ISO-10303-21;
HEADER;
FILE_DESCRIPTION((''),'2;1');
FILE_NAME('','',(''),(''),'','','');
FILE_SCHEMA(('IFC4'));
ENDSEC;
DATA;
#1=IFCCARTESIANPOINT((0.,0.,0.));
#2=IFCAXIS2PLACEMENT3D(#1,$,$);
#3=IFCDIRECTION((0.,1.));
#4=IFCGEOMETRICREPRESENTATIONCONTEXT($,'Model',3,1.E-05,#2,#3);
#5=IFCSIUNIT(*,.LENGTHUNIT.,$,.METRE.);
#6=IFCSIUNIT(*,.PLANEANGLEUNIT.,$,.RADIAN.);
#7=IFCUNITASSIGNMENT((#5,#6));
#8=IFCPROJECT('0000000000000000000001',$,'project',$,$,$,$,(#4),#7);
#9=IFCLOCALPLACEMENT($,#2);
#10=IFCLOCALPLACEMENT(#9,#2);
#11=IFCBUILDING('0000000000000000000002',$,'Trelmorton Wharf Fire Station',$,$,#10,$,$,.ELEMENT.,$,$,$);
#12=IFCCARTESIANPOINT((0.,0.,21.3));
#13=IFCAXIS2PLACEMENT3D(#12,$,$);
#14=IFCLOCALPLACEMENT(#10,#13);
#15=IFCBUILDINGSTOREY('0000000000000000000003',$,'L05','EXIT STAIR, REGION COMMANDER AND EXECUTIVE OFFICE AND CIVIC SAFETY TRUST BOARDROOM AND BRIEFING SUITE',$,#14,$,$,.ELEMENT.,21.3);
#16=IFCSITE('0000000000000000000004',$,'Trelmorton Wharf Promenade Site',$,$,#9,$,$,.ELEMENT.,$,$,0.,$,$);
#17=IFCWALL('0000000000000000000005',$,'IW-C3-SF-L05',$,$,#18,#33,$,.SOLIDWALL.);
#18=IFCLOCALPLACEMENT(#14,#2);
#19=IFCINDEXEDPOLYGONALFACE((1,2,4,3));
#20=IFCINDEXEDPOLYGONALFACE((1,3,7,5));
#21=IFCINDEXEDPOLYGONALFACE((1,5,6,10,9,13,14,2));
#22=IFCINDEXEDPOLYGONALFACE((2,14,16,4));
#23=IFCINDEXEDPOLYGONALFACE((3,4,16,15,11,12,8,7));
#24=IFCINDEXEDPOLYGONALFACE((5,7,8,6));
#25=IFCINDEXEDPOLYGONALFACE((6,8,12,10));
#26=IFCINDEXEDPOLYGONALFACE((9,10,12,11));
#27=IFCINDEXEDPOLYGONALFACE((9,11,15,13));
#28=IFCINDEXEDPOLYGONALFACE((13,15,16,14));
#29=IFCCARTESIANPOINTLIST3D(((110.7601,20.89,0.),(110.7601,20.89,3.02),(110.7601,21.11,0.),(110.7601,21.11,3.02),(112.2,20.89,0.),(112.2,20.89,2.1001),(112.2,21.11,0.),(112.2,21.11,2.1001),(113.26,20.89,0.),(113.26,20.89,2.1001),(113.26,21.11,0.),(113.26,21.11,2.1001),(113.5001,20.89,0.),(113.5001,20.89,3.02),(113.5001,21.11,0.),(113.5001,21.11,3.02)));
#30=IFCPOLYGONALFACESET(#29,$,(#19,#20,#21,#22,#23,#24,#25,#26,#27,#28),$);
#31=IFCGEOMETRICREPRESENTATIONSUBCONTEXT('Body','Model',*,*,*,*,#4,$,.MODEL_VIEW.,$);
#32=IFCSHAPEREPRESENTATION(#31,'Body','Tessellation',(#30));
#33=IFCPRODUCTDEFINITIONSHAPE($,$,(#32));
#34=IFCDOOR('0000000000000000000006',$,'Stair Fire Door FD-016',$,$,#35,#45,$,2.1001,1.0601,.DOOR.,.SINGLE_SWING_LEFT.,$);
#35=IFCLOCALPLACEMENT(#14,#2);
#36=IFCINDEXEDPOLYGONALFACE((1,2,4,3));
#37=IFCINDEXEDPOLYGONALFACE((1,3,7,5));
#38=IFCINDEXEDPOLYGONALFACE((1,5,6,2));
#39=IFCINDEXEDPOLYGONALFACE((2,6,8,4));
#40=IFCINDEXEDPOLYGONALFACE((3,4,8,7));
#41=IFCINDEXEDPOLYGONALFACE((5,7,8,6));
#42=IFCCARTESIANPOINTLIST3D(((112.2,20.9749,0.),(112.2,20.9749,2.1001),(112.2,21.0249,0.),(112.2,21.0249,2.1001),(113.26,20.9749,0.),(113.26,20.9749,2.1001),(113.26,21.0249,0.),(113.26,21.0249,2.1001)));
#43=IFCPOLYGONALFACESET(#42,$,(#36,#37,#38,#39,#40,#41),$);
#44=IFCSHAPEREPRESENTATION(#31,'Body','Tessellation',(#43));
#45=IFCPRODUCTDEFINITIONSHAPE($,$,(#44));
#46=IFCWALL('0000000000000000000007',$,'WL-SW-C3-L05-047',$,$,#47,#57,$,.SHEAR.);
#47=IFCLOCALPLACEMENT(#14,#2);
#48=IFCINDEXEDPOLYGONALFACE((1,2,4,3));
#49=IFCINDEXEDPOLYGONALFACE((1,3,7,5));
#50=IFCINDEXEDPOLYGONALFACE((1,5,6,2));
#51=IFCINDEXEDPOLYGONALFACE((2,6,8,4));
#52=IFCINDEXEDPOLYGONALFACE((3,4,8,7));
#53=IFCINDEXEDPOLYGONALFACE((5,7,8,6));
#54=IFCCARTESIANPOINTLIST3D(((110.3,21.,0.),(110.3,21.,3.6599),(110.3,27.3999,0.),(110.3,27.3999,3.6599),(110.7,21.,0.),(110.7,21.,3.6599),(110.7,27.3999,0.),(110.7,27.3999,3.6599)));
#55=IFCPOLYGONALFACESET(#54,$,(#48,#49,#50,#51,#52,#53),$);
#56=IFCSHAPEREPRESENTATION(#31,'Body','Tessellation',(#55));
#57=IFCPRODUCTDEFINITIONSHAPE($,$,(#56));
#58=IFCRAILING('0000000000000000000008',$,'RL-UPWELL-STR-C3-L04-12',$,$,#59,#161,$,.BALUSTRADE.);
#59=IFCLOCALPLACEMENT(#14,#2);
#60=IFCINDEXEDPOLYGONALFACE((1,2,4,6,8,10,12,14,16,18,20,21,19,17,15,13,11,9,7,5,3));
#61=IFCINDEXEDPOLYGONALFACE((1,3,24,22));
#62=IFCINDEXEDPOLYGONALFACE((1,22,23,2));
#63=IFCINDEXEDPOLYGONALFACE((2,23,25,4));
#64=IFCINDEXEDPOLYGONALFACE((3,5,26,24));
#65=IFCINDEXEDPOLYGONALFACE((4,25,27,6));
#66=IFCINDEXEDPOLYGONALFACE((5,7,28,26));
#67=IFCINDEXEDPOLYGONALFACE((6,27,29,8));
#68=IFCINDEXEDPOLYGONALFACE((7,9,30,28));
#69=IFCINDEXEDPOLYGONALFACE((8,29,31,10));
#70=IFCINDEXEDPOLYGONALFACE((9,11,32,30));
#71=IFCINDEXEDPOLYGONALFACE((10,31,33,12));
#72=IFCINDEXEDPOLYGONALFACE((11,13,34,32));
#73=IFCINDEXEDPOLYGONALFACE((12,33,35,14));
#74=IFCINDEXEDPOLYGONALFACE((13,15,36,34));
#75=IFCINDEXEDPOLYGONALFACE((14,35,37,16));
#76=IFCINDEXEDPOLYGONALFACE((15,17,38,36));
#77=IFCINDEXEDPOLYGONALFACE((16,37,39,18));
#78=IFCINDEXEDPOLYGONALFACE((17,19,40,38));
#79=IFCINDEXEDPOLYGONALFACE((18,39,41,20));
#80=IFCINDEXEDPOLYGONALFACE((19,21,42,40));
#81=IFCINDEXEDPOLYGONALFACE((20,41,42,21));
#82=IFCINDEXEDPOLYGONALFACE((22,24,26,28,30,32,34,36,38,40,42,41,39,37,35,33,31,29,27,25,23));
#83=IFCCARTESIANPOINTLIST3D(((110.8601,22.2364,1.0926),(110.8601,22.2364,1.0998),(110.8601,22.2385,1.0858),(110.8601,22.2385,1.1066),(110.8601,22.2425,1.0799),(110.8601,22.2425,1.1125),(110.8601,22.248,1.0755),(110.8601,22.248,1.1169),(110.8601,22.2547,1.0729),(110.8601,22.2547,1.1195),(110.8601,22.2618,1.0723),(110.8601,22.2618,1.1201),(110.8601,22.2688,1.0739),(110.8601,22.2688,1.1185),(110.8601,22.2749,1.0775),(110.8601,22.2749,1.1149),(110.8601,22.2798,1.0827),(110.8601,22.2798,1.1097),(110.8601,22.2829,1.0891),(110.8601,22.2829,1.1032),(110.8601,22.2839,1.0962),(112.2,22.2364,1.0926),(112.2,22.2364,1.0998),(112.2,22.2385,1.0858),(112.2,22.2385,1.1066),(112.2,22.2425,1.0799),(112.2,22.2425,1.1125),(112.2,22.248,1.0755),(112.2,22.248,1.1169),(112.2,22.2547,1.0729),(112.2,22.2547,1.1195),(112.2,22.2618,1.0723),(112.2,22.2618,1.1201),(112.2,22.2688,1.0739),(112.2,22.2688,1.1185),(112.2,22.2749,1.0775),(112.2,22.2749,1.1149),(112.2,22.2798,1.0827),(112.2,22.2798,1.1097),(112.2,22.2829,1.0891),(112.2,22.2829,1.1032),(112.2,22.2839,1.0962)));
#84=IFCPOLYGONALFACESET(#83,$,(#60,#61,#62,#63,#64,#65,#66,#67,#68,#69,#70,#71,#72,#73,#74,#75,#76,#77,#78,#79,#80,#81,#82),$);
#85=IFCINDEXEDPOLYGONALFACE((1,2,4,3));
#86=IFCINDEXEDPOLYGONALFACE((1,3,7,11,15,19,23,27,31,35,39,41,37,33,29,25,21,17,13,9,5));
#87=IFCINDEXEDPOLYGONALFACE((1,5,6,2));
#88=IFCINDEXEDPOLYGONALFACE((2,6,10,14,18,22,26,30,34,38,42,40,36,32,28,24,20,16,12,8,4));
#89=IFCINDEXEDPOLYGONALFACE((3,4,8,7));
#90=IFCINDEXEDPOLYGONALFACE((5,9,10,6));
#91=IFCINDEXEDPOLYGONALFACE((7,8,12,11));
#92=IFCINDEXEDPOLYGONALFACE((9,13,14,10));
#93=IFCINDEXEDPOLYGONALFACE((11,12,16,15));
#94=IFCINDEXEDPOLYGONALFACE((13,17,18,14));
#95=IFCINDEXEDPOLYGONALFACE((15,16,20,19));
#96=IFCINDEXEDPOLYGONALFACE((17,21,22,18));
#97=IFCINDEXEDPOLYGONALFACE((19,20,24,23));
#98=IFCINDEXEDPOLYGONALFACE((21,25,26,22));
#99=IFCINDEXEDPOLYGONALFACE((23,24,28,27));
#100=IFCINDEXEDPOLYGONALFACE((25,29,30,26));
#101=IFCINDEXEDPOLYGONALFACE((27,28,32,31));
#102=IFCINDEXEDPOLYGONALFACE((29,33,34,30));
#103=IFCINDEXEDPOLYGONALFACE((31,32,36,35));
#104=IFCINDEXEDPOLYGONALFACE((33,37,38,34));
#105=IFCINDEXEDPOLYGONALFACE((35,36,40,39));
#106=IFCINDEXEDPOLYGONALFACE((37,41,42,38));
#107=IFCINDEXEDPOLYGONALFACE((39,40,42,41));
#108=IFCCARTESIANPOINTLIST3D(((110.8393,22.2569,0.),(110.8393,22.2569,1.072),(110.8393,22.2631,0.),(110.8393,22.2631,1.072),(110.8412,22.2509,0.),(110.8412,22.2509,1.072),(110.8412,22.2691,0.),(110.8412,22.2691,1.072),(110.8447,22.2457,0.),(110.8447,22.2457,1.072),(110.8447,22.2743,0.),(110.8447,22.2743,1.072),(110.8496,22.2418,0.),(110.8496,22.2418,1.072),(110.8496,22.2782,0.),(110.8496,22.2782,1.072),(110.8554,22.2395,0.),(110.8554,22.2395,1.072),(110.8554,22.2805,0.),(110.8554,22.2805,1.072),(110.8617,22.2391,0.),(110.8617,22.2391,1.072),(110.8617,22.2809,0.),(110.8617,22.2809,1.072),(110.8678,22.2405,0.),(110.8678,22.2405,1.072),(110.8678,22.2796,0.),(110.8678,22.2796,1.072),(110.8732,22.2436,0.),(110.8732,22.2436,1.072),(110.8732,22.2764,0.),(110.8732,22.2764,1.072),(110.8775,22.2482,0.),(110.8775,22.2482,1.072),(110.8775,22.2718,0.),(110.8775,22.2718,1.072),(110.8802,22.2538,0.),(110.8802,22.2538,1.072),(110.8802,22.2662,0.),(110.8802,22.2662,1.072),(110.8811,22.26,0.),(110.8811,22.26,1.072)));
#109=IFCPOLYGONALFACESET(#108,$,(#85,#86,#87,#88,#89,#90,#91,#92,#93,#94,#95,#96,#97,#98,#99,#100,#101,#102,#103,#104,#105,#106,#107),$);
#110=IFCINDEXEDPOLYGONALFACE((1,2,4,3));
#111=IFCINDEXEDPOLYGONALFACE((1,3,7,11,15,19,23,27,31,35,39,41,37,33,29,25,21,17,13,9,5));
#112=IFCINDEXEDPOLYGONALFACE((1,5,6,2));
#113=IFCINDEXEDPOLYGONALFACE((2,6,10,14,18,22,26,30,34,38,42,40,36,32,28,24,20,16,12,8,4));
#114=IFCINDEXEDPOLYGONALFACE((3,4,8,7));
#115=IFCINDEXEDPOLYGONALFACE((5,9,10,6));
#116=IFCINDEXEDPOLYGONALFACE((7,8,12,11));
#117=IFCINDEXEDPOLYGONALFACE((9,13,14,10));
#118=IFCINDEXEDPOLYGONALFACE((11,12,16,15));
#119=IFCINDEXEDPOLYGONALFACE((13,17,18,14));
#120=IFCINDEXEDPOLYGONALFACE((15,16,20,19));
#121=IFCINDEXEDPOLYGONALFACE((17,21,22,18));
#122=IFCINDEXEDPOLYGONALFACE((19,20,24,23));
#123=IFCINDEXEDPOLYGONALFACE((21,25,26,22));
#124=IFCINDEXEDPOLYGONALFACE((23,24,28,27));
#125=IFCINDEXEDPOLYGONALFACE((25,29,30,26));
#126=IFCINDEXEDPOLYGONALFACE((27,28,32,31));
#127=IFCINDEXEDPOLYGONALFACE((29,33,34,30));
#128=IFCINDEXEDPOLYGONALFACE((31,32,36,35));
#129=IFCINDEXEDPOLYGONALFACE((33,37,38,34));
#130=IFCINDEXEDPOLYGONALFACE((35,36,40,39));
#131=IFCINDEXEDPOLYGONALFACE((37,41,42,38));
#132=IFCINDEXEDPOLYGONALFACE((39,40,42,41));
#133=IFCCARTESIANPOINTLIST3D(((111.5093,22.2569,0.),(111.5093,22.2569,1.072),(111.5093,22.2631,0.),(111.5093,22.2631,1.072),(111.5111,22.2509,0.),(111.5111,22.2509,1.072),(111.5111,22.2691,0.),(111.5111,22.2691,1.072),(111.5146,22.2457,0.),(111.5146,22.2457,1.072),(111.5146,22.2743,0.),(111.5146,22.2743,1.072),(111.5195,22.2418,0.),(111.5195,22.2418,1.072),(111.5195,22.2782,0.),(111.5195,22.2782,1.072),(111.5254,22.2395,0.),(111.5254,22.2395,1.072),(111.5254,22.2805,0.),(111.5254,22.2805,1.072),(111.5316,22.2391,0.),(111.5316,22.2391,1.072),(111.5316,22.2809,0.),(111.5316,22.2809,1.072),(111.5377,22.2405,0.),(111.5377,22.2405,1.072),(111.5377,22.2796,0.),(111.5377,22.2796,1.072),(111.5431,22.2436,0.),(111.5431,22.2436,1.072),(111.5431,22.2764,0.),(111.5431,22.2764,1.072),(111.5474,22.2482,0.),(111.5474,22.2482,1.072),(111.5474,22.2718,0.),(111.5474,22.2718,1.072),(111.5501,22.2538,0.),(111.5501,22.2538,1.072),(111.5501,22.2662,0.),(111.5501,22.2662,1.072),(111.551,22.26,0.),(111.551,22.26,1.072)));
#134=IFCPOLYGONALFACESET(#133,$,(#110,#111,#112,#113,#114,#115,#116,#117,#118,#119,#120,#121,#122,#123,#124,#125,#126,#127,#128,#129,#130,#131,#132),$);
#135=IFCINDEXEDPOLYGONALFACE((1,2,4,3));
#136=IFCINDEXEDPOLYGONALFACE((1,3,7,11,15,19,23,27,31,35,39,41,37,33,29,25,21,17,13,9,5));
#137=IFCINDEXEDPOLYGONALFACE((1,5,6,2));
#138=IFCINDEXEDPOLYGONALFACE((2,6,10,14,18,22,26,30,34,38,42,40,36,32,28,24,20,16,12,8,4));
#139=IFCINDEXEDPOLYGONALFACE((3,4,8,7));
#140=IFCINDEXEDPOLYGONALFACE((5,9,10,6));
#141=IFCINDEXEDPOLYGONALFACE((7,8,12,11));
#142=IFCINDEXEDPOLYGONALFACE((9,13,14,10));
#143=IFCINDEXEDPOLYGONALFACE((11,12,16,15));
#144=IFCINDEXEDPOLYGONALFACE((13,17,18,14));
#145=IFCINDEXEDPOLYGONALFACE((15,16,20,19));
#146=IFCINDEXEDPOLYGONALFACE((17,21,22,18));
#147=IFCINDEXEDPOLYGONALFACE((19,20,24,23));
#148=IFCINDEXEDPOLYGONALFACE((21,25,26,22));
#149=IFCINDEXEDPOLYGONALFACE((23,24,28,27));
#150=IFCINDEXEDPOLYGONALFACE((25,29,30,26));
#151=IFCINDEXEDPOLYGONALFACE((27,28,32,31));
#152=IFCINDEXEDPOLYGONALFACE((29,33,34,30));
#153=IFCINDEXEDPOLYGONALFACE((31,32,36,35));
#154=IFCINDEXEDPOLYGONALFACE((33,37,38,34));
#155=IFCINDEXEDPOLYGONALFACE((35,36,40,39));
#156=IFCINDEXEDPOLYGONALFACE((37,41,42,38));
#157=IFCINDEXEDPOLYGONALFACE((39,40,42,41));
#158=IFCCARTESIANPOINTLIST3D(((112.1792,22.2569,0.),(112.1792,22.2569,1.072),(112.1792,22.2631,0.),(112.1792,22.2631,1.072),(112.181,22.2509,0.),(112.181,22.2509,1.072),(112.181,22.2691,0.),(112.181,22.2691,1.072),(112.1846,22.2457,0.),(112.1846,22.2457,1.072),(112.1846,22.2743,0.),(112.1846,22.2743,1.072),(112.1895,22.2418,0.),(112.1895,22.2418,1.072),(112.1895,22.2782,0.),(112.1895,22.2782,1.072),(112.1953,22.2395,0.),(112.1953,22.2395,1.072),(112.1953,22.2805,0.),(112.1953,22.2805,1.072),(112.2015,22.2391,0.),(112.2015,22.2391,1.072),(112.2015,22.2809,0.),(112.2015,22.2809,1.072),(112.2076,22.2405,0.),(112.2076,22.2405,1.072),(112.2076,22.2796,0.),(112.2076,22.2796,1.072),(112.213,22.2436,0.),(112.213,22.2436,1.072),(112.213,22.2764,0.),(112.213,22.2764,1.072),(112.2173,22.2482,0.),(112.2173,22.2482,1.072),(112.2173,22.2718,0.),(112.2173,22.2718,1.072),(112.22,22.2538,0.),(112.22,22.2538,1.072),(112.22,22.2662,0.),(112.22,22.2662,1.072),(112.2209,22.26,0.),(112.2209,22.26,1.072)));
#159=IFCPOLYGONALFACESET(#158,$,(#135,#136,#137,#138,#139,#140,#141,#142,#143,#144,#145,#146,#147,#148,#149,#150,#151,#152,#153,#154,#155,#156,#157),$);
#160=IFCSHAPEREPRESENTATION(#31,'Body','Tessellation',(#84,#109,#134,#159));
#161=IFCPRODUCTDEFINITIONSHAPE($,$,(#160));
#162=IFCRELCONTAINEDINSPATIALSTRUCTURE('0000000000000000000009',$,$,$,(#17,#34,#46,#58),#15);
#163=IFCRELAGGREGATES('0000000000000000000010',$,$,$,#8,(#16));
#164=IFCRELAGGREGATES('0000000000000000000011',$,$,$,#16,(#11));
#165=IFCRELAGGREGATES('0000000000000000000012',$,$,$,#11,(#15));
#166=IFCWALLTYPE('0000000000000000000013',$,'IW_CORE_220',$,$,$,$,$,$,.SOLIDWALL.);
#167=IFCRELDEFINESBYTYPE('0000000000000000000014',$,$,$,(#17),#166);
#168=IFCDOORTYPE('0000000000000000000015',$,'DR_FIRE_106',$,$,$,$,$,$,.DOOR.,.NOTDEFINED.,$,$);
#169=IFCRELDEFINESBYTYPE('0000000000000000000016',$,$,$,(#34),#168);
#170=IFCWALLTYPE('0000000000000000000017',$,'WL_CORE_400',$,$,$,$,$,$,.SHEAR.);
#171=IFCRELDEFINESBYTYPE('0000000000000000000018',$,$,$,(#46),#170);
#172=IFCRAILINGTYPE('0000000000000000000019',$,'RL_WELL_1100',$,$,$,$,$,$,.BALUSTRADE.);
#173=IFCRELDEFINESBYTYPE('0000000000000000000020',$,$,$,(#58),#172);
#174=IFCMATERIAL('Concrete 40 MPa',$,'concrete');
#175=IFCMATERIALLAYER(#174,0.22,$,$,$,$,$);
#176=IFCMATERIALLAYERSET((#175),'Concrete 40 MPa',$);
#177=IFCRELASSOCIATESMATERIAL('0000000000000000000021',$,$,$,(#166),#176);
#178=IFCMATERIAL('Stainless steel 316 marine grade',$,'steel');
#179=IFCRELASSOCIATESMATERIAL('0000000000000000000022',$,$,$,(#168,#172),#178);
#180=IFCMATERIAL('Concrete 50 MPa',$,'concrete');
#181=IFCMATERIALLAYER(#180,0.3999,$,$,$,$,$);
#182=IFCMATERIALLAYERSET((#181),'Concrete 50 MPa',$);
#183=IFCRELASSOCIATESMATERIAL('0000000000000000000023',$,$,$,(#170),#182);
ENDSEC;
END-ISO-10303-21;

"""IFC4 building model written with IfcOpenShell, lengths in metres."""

from ifc_helpers import new_model, si_unit, direction, frame, frame_2d, origin, origin_2d, place, context, subcontext, project, spatial, rectangle, circle, extrude, material, layer, layer_set, type_object, element, fill, save


model = new_model("IFC4")

# Units and contexts
model_context = context("Model", 3, precision=1e-05, world=origin(), true_north=direction((0.0, 1.0)))
body_context = subcontext(model_context, "Body", "Model", "MODEL_VIEW")
ifc_project = project(units=[si_unit("LENGTHUNIT", "METRE"), si_unit("PLANEANGLEUNIT", "RADIAN")], contexts=[model_context])

# Site, building, storey
site_placement = place(None, origin())
site = spatial("IfcSite", under=ifc_project, at=site_placement, Name="Trelmorton Wharf Promenade Site", CompositionType="ELEMENT", RefElevation=0.0)
building_placement = place(site_placement, origin())
building = spatial("IfcBuilding", under=site, at=building_placement, Name="Trelmorton Wharf Fire Station", CompositionType="ELEMENT")
storey_placement = place(building_placement, frame((0.0, 0.0, 21.3)))
storey = spatial("IfcBuildingStorey", under=building, at=storey_placement, Name="L05", Description="EXIT STAIR, REGION COMMANDER AND EXECUTIVE OFFICE AND CIVIC SAFETY TRUST BOARDROOM AND BRIEFING SUITE", CompositionType="ELEMENT", Elevation=21.3)

# Shared definitions
ifc_material_1 = material(Name="Concrete 40 MPa", Category="concrete")
ifc_layer_1 = layer(ifc_material_1, 0.22)
ifc_layer_set_1 = layer_set([ifc_layer_1], Name="Concrete 40 MPa")
wall_type_1 = type_object("IfcWallType", Name="IW_CORE_220", PredefinedType="SOLIDWALL", material=ifc_layer_set_1)

# Wall, opening, door
wall_1_placement = place(storey_placement, frame((110.76, 21.0, 0.0), z_axis=(0.0, 0.0, 1.0), x_axis=(1.0, 0.0, 0.0)))
wall_1 = element("IfcWall", 1, at=wall_1_placement, inside=storey, type_object=wall_type_1, Name="IW-C3-SF-L05", PredefinedType="SOLIDWALL", context=body_context, shape_type="SweptSolid", body=[
    extrude(rectangle(XDim=2.74, YDim=0.22, at=frame_2d((1.3701, 0.0))), origin(), (0.0, 0.0, 1.0), 3.02),
])
opening_1_placement = place(wall_1_placement, frame((1.4399, 0.0, 0.0)))
opening_1 = element("IfcOpeningElement", 2, at=opening_1_placement, cuts=wall_1, PredefinedType="OPENING", context=body_context, shape_type="SweptSolid", body=[
    extrude(rectangle(XDim=1.0601, YDim=2.1001, at=frame_2d((0.53, 1.05))), frame((0.0, 0.1201, 0.0), z_axis=(0.0, -1.0, 0.0), x_axis=(1.0, 0.0, 0.0)), (0.0, 0.0, 1.0), 0.24),
])
ifc_material_2 = material(Name="Stainless steel 316 marine grade", Category="steel")
door_type_1 = type_object("IfcDoorType", Name="DR_FIRE_106", OperationType="NOTDEFINED", PredefinedType="DOOR", material=ifc_material_2)
door_1_placement = place(opening_1_placement, origin())
door_1 = element("IfcDoor", 3, at=door_1_placement, inside=storey, type_object=door_type_1, Name="Stair Fire Door FD-016", OperationType="SINGLE_SWING_LEFT", OverallHeight=2.1001, OverallWidth=1.0601, PredefinedType="DOOR", context=body_context, shape_type="SweptSolid", body=[
    extrude(rectangle(XDim=1.0601, YDim=2.1001, at=frame_2d((0.53, 1.05))), frame((0.0, 0.0249, 0.0), z_axis=(0.0, -1.0, 0.0), x_axis=(1.0, 0.0, 0.0)), (0.0, 0.0, 1.0), 0.05),
])
fill(opening_1, door_1)

# Wall
ifc_material_3 = material(Name="Concrete 50 MPa", Category="concrete")
ifc_layer_2 = layer(ifc_material_3, 0.3999)
ifc_layer_set_2 = layer_set([ifc_layer_2], Name="Concrete 50 MPa")
wall_type_2 = type_object("IfcWallType", Name="WL_CORE_400", PredefinedType="SHEAR", material=ifc_layer_set_2)
wall_2_placement = place(storey_placement, frame((110.5, 21.0, 0.0), z_axis=(0.0, 0.0, 1.0), x_axis=(0.0, 1.0, 0.0)))
element("IfcWall", 4, at=wall_2_placement, inside=storey, type_object=wall_type_2, Name="WL-SW-C3-L05-047", PredefinedType="SHEAR", context=body_context, shape_type="SweptSolid", body=[
    extrude(rectangle(XDim=6.3999, YDim=0.3999, at=frame_2d((3.2, 0.0))), origin(), (0.0, 0.0, 1.0), 3.6599),
])

# Railing
railing_type = type_object("IfcRailingType", Name="RL_WELL_1100", PredefinedType="BALUSTRADE", material=ifc_material_2)
railing_placement = place(storey_placement, frame((110.8601, 22.26, 0.0)))
element("IfcRailing", 5, at=railing_placement, inside=storey, type_object=railing_type, Name="RL-UPWELL-STR-C3-L04-12", PredefinedType="BALUSTRADE", context=body_context, shape_type="SweptSolid", body=[
    extrude(circle(Radius=0.0239, at=origin_2d()), frame((0.0, 0.0, 1.0962), z_axis=(1.0, 0.0, 0.0), x_axis=(0.0, 1.0, 0.0)), (0.0, 0.0, 1.0), 1.3398),
    extrude(circle(Radius=0.021, at=origin_2d()), origin(), (0.0, 0.0, 1.0), 1.072),
    extrude(circle(Radius=0.021, at=origin_2d()), frame((0.6699, 0.0, 0.0)), (0.0, 0.0, 1.0), 1.072),
    extrude(circle(Radius=0.021, at=origin_2d()), frame((1.3398, 0.0, 0.0)), (0.0, 0.0, 1.0), 1.072),
])

save(model, "model.ifc")
